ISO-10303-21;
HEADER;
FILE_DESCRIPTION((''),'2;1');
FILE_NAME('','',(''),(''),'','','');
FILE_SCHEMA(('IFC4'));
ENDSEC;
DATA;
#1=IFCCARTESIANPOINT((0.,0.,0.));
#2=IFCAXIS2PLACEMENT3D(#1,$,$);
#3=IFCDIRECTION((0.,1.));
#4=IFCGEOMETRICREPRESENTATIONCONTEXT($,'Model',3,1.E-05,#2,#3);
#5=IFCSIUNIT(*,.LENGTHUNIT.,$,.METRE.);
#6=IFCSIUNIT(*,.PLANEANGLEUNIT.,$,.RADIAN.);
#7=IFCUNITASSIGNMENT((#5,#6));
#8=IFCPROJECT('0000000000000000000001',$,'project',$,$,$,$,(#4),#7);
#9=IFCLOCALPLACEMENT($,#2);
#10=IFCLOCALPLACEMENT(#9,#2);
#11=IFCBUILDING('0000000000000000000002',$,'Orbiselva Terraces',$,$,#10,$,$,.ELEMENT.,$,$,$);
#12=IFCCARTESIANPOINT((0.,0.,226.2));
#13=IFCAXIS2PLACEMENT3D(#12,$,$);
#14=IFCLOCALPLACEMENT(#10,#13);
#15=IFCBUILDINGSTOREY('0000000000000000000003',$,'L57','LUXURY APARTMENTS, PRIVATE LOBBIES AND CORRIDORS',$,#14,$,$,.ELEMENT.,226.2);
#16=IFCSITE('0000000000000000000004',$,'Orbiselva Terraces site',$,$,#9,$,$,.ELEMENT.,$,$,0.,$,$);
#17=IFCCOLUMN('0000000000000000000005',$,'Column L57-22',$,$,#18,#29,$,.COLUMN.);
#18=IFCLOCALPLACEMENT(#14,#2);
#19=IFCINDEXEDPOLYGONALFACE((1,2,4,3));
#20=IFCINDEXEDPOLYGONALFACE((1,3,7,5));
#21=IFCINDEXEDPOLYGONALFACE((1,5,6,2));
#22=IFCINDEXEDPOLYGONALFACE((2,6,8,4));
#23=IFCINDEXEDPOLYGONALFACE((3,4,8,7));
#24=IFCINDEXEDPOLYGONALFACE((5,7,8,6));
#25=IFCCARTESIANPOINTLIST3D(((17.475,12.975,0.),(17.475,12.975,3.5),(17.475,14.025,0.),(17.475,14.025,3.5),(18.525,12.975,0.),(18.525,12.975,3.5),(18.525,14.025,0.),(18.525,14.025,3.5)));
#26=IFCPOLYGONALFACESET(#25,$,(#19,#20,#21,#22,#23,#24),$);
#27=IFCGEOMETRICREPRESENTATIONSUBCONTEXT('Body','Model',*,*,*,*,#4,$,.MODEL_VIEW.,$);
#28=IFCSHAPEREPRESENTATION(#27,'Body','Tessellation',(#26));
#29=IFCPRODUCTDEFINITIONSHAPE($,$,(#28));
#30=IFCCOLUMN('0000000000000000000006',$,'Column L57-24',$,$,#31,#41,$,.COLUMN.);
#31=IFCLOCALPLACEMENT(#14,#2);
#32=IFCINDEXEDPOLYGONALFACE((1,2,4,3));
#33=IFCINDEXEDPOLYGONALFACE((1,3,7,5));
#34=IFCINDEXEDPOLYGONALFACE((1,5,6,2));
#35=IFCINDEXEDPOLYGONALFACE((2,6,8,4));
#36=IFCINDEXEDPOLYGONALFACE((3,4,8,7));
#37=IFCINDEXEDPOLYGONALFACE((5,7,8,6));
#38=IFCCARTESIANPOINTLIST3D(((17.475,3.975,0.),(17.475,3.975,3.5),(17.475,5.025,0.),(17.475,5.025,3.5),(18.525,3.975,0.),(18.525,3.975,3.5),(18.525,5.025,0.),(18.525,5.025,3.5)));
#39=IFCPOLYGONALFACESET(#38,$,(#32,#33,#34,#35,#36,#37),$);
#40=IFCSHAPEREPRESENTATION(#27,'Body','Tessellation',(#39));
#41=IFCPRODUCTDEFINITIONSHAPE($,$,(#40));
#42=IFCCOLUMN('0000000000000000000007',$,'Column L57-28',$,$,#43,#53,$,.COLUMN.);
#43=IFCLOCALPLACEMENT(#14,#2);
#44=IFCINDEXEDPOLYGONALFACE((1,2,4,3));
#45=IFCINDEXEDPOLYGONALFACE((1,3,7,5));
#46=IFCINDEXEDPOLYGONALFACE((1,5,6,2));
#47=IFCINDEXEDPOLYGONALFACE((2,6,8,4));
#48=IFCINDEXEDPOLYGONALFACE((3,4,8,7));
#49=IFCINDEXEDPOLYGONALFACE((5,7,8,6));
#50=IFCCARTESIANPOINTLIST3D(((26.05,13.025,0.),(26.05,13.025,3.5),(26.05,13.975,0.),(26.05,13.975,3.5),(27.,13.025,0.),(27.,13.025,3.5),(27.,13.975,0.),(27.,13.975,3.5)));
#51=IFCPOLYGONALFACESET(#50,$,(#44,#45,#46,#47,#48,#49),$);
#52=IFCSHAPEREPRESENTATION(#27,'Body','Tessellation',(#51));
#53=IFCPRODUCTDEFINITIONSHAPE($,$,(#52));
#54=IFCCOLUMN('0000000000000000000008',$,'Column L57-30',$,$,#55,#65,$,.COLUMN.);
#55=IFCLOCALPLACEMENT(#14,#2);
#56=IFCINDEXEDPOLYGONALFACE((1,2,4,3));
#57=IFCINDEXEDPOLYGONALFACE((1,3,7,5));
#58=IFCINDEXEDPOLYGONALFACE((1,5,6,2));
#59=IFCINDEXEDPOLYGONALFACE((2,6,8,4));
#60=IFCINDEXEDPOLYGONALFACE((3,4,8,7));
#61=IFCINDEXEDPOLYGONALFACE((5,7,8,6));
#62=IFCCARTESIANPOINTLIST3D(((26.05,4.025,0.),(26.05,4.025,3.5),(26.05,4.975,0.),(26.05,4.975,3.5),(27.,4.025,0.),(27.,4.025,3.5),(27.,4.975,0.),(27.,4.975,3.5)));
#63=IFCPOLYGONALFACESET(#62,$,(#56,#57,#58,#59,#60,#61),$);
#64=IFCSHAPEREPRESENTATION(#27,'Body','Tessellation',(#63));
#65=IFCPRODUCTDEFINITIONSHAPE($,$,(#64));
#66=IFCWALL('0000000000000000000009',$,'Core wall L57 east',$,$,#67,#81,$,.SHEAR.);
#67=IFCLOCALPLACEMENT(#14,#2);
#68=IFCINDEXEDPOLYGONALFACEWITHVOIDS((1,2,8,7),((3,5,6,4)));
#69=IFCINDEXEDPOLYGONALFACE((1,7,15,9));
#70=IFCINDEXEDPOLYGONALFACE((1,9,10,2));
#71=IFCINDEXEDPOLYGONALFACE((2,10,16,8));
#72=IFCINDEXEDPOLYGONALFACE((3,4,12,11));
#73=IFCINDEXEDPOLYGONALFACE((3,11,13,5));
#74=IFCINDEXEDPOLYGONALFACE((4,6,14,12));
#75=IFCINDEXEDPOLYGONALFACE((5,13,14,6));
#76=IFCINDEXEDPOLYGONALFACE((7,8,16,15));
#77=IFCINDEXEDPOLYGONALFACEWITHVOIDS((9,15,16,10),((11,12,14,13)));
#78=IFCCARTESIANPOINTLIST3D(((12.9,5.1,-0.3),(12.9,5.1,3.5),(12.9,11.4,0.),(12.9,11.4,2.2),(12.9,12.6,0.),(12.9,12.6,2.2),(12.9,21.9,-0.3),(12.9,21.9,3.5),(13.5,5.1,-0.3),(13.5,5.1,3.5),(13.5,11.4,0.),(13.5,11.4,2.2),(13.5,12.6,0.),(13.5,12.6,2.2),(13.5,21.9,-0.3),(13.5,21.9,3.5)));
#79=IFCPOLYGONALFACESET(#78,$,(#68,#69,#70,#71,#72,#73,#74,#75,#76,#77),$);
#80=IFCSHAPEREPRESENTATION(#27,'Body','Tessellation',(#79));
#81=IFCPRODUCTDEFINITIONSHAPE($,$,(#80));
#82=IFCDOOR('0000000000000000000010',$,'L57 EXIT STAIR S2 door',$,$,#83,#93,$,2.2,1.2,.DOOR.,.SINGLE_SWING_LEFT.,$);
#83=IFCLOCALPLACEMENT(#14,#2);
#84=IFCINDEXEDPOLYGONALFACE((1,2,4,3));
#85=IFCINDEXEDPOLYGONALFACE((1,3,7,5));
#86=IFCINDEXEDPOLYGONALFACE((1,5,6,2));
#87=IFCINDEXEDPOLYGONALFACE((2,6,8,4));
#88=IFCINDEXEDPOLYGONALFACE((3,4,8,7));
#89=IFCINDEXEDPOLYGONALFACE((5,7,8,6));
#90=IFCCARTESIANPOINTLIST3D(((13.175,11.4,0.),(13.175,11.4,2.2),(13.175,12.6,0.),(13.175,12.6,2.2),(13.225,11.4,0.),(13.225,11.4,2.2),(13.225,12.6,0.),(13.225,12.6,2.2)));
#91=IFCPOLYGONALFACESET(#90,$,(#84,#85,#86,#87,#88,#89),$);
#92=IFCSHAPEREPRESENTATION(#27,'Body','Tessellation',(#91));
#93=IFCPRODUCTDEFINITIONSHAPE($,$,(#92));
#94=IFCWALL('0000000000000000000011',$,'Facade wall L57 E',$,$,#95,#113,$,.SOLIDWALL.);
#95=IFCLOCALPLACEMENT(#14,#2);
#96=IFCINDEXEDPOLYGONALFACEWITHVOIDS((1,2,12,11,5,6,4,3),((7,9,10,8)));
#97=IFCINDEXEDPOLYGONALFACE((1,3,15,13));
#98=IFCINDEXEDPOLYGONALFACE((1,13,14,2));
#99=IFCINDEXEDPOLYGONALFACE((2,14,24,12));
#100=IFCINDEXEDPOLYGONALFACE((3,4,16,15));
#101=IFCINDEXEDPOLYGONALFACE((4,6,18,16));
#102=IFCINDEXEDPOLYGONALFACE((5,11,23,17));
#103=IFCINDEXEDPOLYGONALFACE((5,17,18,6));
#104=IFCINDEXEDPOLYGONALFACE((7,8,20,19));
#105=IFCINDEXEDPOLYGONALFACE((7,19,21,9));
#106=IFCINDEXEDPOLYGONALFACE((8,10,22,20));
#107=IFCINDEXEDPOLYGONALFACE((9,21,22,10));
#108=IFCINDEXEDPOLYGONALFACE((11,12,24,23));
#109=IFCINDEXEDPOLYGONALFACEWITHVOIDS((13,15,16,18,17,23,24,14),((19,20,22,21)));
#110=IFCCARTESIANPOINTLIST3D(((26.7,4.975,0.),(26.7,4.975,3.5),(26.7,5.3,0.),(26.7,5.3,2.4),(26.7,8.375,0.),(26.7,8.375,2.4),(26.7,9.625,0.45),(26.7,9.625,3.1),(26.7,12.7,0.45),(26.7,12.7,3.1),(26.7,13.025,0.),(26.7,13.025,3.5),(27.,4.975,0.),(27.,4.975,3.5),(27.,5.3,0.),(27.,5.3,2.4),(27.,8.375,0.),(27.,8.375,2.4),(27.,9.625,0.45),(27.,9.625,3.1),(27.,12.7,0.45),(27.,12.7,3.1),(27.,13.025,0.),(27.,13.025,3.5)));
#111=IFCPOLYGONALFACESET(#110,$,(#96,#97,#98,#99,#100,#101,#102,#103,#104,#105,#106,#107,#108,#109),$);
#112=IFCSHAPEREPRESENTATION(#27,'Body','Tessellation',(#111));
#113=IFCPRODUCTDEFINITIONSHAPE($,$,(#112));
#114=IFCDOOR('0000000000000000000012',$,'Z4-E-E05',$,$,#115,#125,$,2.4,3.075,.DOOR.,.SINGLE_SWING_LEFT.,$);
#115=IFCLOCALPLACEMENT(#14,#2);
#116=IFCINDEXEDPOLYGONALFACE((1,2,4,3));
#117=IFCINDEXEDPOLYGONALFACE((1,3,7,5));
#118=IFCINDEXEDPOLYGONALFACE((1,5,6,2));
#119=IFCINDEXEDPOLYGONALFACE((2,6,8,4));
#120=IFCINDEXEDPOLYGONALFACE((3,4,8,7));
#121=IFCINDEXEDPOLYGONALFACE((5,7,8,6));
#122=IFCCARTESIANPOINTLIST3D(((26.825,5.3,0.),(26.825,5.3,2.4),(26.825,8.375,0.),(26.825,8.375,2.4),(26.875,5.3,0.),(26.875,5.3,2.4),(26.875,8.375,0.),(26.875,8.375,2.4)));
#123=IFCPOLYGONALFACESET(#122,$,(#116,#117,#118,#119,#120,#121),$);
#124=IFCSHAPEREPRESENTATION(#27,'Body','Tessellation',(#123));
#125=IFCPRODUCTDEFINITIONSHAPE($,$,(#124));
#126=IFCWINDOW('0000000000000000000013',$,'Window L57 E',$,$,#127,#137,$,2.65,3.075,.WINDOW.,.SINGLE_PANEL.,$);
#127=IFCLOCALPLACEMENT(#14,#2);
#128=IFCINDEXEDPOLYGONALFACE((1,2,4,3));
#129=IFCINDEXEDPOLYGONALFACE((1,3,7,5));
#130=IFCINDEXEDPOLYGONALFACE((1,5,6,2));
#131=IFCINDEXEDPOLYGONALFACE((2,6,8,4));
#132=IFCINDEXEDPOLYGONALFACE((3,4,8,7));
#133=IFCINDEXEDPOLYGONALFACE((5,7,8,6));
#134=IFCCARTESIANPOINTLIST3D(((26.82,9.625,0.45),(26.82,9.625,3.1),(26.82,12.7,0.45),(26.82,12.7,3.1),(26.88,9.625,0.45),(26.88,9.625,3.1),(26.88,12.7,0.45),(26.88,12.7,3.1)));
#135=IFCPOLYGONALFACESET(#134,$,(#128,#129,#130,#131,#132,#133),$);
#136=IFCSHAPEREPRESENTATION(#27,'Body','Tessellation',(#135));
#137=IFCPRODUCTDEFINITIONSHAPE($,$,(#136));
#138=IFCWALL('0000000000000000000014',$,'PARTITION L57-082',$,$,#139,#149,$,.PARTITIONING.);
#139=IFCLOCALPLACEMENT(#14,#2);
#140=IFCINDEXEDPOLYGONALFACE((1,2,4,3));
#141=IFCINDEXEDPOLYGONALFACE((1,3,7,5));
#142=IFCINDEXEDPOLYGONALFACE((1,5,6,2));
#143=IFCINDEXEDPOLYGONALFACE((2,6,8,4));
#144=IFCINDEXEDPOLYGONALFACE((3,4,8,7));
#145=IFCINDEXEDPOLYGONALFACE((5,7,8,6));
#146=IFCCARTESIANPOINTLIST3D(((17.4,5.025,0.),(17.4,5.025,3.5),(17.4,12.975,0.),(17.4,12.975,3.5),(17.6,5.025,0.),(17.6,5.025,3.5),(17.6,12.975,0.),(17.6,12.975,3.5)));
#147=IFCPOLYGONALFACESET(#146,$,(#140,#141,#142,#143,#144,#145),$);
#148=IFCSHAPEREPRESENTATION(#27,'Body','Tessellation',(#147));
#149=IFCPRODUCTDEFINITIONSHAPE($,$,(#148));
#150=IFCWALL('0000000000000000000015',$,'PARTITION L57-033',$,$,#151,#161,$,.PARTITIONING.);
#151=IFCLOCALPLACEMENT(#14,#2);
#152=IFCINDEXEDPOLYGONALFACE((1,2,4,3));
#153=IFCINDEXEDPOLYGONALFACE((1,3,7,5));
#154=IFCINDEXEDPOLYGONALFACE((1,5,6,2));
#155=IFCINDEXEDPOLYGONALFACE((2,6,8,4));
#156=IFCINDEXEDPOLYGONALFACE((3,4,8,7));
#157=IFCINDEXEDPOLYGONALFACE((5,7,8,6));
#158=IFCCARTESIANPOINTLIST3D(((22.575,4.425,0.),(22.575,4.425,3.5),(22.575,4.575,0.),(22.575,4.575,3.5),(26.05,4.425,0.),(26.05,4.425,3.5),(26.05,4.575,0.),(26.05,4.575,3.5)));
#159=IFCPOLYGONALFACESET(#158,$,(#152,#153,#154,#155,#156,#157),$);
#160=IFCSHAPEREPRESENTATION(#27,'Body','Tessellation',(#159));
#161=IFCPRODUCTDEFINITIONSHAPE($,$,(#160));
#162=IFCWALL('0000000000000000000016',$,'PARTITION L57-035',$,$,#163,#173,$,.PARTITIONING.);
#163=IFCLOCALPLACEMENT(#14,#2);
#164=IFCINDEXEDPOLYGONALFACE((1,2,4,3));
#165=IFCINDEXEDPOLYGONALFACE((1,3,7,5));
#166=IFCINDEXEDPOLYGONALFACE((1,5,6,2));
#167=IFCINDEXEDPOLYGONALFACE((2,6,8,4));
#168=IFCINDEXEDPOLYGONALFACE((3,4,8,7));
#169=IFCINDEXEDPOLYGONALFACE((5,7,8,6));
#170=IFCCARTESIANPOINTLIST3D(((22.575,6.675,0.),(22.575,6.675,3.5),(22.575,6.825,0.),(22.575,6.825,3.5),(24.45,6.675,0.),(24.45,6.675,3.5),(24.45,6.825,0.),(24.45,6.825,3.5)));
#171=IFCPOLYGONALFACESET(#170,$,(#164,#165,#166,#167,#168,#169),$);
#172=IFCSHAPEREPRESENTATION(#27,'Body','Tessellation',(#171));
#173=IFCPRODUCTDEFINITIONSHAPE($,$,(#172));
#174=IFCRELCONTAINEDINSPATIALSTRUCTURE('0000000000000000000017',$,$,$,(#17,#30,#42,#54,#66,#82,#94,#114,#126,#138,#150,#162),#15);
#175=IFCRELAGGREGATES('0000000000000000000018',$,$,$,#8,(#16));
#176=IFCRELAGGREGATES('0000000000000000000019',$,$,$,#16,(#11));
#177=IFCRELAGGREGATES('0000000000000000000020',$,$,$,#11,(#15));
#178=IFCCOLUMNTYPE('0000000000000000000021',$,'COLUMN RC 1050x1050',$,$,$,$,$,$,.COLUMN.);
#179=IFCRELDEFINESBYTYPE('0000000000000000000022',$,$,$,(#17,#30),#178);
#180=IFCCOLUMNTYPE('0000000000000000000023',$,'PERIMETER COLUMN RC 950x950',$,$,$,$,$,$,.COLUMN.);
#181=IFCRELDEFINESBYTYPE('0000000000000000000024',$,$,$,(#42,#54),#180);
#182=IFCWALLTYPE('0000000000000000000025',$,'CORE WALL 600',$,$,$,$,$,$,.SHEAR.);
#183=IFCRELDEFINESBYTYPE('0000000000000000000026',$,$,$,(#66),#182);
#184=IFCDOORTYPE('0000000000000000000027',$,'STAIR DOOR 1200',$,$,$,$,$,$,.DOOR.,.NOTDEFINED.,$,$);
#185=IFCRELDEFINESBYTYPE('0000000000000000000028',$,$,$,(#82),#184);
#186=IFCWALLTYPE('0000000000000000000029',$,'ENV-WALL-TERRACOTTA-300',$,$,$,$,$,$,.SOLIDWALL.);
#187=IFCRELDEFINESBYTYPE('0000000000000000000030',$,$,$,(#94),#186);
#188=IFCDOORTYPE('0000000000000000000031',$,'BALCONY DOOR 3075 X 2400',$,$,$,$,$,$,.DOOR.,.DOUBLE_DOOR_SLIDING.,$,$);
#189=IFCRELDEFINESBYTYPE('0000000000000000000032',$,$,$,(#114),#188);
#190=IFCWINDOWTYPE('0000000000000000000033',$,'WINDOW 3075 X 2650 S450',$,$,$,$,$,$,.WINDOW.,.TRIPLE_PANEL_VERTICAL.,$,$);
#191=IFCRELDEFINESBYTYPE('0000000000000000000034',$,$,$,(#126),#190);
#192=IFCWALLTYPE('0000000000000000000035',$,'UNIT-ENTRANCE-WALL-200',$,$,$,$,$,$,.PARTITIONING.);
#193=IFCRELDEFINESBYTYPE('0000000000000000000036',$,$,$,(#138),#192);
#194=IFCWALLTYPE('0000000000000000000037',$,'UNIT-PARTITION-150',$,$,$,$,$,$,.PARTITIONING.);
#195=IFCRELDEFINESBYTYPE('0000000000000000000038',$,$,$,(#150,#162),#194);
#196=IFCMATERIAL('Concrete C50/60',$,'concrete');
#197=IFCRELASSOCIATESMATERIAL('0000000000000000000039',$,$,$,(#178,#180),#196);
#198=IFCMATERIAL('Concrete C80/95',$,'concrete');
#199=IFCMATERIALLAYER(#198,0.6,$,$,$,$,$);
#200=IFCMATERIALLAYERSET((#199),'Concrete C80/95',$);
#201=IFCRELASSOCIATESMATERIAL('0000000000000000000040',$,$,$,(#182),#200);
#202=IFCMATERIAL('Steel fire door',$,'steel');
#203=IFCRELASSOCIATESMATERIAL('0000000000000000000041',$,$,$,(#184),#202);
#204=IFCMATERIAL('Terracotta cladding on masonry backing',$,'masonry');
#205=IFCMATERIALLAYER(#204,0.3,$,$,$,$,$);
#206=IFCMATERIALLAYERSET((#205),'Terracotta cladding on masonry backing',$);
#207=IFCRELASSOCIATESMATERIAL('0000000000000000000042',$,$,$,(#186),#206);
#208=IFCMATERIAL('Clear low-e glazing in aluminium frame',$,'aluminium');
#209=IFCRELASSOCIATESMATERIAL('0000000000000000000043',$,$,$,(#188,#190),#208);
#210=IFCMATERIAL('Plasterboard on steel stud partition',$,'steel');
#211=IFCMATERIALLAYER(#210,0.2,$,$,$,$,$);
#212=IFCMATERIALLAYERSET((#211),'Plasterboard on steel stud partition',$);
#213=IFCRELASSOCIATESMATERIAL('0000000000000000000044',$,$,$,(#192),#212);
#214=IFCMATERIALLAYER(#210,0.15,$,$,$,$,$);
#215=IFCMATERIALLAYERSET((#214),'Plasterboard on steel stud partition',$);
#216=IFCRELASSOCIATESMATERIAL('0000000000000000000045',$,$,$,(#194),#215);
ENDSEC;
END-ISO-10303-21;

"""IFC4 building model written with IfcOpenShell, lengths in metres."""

from ifc_helpers import new_model, si_unit, direction, frame, frame_2d, origin, origin_2d, place, context, subcontext, project, spatial, rectangle, extrude, material, layer, layer_set, material_profile, profile_set, type_object, element, fill, save


model = new_model("IFC4")

# Units and contexts
model_context = context("Model", 3, precision=1e-05, world=origin(), true_north=direction((0.0, 1.0)))
body_context = subcontext(model_context, "Body", "Model", "MODEL_VIEW")
ifc_project = project(units=[si_unit("LENGTHUNIT", "METRE"), si_unit("PLANEANGLEUNIT", "RADIAN")], contexts=[model_context])

# Site, building, storey
site_placement = place(None, origin())
site = spatial("IfcSite", under=ifc_project, at=site_placement, Name="Orbiselva Terraces site", CompositionType="ELEMENT", RefElevation=0.0)
building_placement = place(site_placement, origin())
building = spatial("IfcBuilding", under=site, at=building_placement, Name="Orbiselva Terraces", CompositionType="ELEMENT")
storey_placement = place(building_placement, frame((0.0, 0.0, 226.2)))
storey = spatial("IfcBuildingStorey", under=building, at=storey_placement, Name="L57", Description="LUXURY APARTMENTS, PRIVATE LOBBIES AND CORRIDORS", CompositionType="ELEMENT", Elevation=226.2)

# Columns
ifc_material_1 = material(Name="Concrete C50/60", Category="concrete")
ifc_material_profile_1 = material_profile(ifc_material_1, rectangle(XDim=1.05, YDim=1.05, at=origin_2d()), Name="RC 1050x1050")
ifc_profile_set_1 = profile_set([ifc_material_profile_1], Name="Concrete C50/60")
column_type_1 = type_object("IfcColumnType", Name="COLUMN RC 1050x1050", PredefinedType="COLUMN", material=ifc_profile_set_1)
for number, where, z_axis, x_axis, name in (
    (1, (18.0, 13.5, 0.0), (0.0, 0.0, 1.0), (1.0, 0.0, 0.0), "Column L57-22"),
    (2, (18.0, 4.5, 0.0), (0.0, 0.0, 1.0), (1.0, 0.0, 0.0), "Column L57-24"),
):
    element("IfcColumn", number, at=place(storey_placement, frame(where, z_axis=z_axis, x_axis=x_axis)), inside=storey, type_object=column_type_1, Name=name, PredefinedType="COLUMN", context=body_context, shape_type="SweptSolid", body=[
        extrude(rectangle(XDim=1.05, YDim=1.05, at=origin_2d()), origin(), (0.0, 0.0, 1.0), 3.5),
    ])
ifc_material_profile_2 = material_profile(ifc_material_1, rectangle(XDim=0.95, YDim=0.95, at=origin_2d()), Name="RC 950x950")
ifc_profile_set_2 = profile_set([ifc_material_profile_2], Name="Concrete C50/60")
column_type_2 = type_object("IfcColumnType", Name="PERIMETER COLUMN RC 950x950", PredefinedType="COLUMN", material=ifc_profile_set_2)
for number, where, z_axis, x_axis, name in (
    (3, (26.525, 13.5, 0.0), (0.0, 0.0, 1.0), (1.0, 0.0, 0.0), "Column L57-28"),
    (4, (26.525, 4.5, 0.0), (0.0, 0.0, 1.0), (1.0, 0.0, 0.0), "Column L57-30"),
):
    element("IfcColumn", number, at=place(storey_placement, frame(where, z_axis=z_axis, x_axis=x_axis)), inside=storey, type_object=column_type_2, Name=name, PredefinedType="COLUMN", context=body_context, shape_type="SweptSolid", body=[
        extrude(rectangle(XDim=0.95, YDim=0.95, at=origin_2d()), origin(), (0.0, 0.0, 1.0), 3.5),
    ])

# Wall, opening, door
ifc_material_2 = material(Name="Concrete C80/95", Category="concrete")
ifc_layer_1 = layer(ifc_material_2, 0.6)
ifc_layer_set_1 = layer_set([ifc_layer_1], Name="Concrete C80/95")
wall_type_1 = type_object("IfcWallType", Name="CORE WALL 600", PredefinedType="SHEAR", material=ifc_layer_set_1)
wall_1_placement = place(storey_placement, frame((13.2, 5.1, -0.3), z_axis=(0.0, 0.0, 1.0), x_axis=(0.0, 1.0, 0.0)))
wall_1 = element("IfcWall", 5, at=wall_1_placement, inside=storey, type_object=wall_type_1, Name="Core wall L57 east", PredefinedType="SHEAR", context=body_context, shape_type="SweptSolid", body=[
    extrude(rectangle(XDim=16.8, YDim=0.6, at=frame_2d((8.4, 0.0))), origin(), (0.0, 0.0, 1.0), 3.8),
])
opening_1_placement = place(wall_1_placement, frame((6.3, 0.0, 0.3)))
opening_1 = element("IfcOpeningElement", 6, at=opening_1_placement, cuts=wall_1, PredefinedType="OPENING", context=body_context, shape_type="SweptSolid", body=[
    extrude(rectangle(XDim=1.2, YDim=2.2, at=frame_2d((0.6, 1.1))), frame((0.0, 0.31, 0.0), z_axis=(0.0, -1.0, 0.0), x_axis=(1.0, 0.0, 0.0)), (0.0, 0.0, 1.0), 0.62),
])
ifc_material_3 = material(Name="Steel fire door", Category="steel")
door_type_1 = type_object("IfcDoorType", Name="STAIR DOOR 1200", OperationType="NOTDEFINED", PredefinedType="DOOR", material=ifc_material_3)
door_1_placement = place(opening_1_placement, frame((1.2, 0.0, 0.0), z_axis=(0.0, 0.0, 1.0), x_axis=(-1.0, 0.0, 0.0)))
door_1 = element("IfcDoor", 7, at=door_1_placement, inside=storey, type_object=door_type_1, Name="L57 EXIT STAIR S2 door", OperationType="SINGLE_SWING_LEFT", OverallHeight=2.2, OverallWidth=1.2, PredefinedType="DOOR", context=body_context, shape_type="SweptSolid", body=[
    extrude(rectangle(XDim=1.2, YDim=2.2, at=frame_2d((0.6, 1.1))), frame((0.0, 0.025, 0.0), z_axis=(0.0, -1.0, 0.0), x_axis=(1.0, 0.0, 0.0)), (0.0, 0.0, 1.0), 0.05),
])
fill(opening_1, door_1)

# Wall, openings, door, window
ifc_material_4 = material(Name="Terracotta cladding on masonry backing", Category="masonry")
ifc_layer_2 = layer(ifc_material_4, 0.3)
ifc_layer_set_2 = layer_set([ifc_layer_2], Name="Terracotta cladding on masonry backing")
wall_type_2 = type_object("IfcWallType", Name="ENV-WALL-TERRACOTTA-300", PredefinedType="SOLIDWALL", material=ifc_layer_set_2)
wall_2_placement = place(storey_placement, frame((26.85, 13.025, 0.0), z_axis=(0.0, 0.0, 1.0), x_axis=(0.0, -1.0, 0.0)))
wall_2 = element("IfcWall", 8, at=wall_2_placement, inside=storey, type_object=wall_type_2, Name="Facade wall L57 E", PredefinedType="SOLIDWALL", context=body_context, shape_type="SweptSolid", body=[
    extrude(rectangle(XDim=8.05, YDim=0.3, at=frame_2d((4.025, 0.0))), origin(), (0.0, 0.0, 1.0), 3.5),
])
opening_2_placement = place(wall_2_placement, frame((4.65, 0.0, 0.0)))
opening_2 = element("IfcOpeningElement", 9, at=opening_2_placement, cuts=wall_2, PredefinedType="OPENING", context=body_context, shape_type="SweptSolid", body=[
    extrude(rectangle(XDim=3.075, YDim=2.4, at=frame_2d((1.5375, 1.2))), frame((0.0, 0.16, 0.0), z_axis=(0.0, -1.0, 0.0), x_axis=(1.0, 0.0, 0.0)), (0.0, 0.0, 1.0), 0.32),
])
opening_3_placement = place(wall_2_placement, frame((0.325, 0.0, 0.45)))
opening_3 = element("IfcOpeningElement", 10, at=opening_3_placement, cuts=wall_2, PredefinedType="OPENING", context=body_context, shape_type="SweptSolid", body=[
    extrude(rectangle(XDim=3.075, YDim=2.65, at=frame_2d((1.5375, 1.325))), frame((0.0, 0.16, 0.0), z_axis=(0.0, -1.0, 0.0), x_axis=(1.0, 0.0, 0.0)), (0.0, 0.0, 1.0), 0.32),
])
ifc_material_5 = material(Name="Clear low-e glazing in aluminium frame", Category="aluminium")
door_type_2 = type_object("IfcDoorType", Name="BALCONY DOOR 3075 X 2400", OperationType="DOUBLE_DOOR_SLIDING", PredefinedType="DOOR", material=ifc_material_5)
door_2_placement = place(opening_2_placement, origin())
door_2 = element("IfcDoor", 11, at=door_2_placement, inside=storey, type_object=door_type_2, Name="Z4-E-E05", OperationType="SINGLE_SWING_LEFT", OverallHeight=2.4, OverallWidth=3.075, PredefinedType="DOOR", context=body_context, shape_type="SweptSolid", body=[
    extrude(rectangle(XDim=3.075, YDim=2.4, at=frame_2d((1.5375, 1.2))), frame((0.0, 0.025, 0.0), z_axis=(0.0, -1.0, 0.0), x_axis=(1.0, 0.0, 0.0)), (0.0, 0.0, 1.0), 0.05),
])
fill(opening_2, door_2)
window_type = type_object("IfcWindowType", Name="WINDOW 3075 X 2650 S450", PartitioningType="TRIPLE_PANEL_VERTICAL", PredefinedType="WINDOW", material=ifc_material_5)
window_placement = place(opening_3_placement, origin())
window = element("IfcWindow", 12, at=window_placement, inside=storey, type_object=window_type, Name="Window L57 E", OverallHeight=2.65, OverallWidth=3.075, PartitioningType="SINGLE_PANEL", PredefinedType="WINDOW", context=body_context, shape_type="SweptSolid", body=[
    extrude(rectangle(XDim=3.075, YDim=2.65, at=frame_2d((1.5375, 1.325))), frame((0.0, 0.03, 0.0), z_axis=(0.0, -1.0, 0.0), x_axis=(1.0, 0.0, 0.0)), (0.0, 0.0, 1.0), 0.06),
])
fill(opening_3, window)

# Walls
ifc_material_6 = material(Name="Plasterboard on steel stud partition", Category="steel")
ifc_layer_3 = layer(ifc_material_6, 0.2)
ifc_layer_set_3 = layer_set([ifc_layer_3], Name="Plasterboard on steel stud partition")
wall_type_3 = type_object("IfcWallType", Name="UNIT-ENTRANCE-WALL-200", PredefinedType="PARTITIONING", material=ifc_layer_set_3)
wall_3_placement = place(storey_placement, frame((17.5, 5.025, 0.0), z_axis=(0.0, 0.0, 1.0), x_axis=(0.0, 1.0, 0.0)))
element("IfcWall", 13, at=wall_3_placement, inside=storey, type_object=wall_type_3, Name="PARTITION L57-082", PredefinedType="PARTITIONING", context=body_context, shape_type="SweptSolid", body=[
    extrude(rectangle(XDim=7.95, YDim=0.2, at=frame_2d((3.975, 0.0))), origin(), (0.0, 0.0, 1.0), 3.5),
])
ifc_layer_4 = layer(ifc_material_6, 0.15)
ifc_layer_set_4 = layer_set([ifc_layer_4], Name="Plasterboard on steel stud partition")
wall_type_4 = type_object("IfcWallType", Name="UNIT-PARTITION-150", PredefinedType="PARTITIONING", material=ifc_layer_set_4)
wall_4_placement = place(storey_placement, frame((22.575, 4.5, 0.0), z_axis=(0.0, 0.0, 1.0), x_axis=(1.0, 0.0, 0.0)))
element("IfcWall", 14, at=wall_4_placement, inside=storey, type_object=wall_type_4, Name="PARTITION L57-033", PredefinedType="PARTITIONING", context=body_context, shape_type="SweptSolid", body=[
    extrude(rectangle(XDim=3.475, YDim=0.15, at=frame_2d((1.7375, 0.0))), origin(), (0.0, 0.0, 1.0), 3.5),
])
wall_5_placement = place(storey_placement, frame((22.575, 6.75, 0.0), z_axis=(0.0, 0.0, 1.0), x_axis=(1.0, 0.0, 0.0)))
element("IfcWall", 15, at=wall_5_placement, inside=storey, type_object=wall_type_4, Name="PARTITION L57-035", PredefinedType="PARTITIONING", context=body_context, shape_type="SweptSolid", body=[
    extrude(rectangle(XDim=1.875, YDim=0.15, at=frame_2d((0.9375, 0.0))), origin(), (0.0, 0.0, 1.0), 3.5),
])

save(model, "model.ifc")
